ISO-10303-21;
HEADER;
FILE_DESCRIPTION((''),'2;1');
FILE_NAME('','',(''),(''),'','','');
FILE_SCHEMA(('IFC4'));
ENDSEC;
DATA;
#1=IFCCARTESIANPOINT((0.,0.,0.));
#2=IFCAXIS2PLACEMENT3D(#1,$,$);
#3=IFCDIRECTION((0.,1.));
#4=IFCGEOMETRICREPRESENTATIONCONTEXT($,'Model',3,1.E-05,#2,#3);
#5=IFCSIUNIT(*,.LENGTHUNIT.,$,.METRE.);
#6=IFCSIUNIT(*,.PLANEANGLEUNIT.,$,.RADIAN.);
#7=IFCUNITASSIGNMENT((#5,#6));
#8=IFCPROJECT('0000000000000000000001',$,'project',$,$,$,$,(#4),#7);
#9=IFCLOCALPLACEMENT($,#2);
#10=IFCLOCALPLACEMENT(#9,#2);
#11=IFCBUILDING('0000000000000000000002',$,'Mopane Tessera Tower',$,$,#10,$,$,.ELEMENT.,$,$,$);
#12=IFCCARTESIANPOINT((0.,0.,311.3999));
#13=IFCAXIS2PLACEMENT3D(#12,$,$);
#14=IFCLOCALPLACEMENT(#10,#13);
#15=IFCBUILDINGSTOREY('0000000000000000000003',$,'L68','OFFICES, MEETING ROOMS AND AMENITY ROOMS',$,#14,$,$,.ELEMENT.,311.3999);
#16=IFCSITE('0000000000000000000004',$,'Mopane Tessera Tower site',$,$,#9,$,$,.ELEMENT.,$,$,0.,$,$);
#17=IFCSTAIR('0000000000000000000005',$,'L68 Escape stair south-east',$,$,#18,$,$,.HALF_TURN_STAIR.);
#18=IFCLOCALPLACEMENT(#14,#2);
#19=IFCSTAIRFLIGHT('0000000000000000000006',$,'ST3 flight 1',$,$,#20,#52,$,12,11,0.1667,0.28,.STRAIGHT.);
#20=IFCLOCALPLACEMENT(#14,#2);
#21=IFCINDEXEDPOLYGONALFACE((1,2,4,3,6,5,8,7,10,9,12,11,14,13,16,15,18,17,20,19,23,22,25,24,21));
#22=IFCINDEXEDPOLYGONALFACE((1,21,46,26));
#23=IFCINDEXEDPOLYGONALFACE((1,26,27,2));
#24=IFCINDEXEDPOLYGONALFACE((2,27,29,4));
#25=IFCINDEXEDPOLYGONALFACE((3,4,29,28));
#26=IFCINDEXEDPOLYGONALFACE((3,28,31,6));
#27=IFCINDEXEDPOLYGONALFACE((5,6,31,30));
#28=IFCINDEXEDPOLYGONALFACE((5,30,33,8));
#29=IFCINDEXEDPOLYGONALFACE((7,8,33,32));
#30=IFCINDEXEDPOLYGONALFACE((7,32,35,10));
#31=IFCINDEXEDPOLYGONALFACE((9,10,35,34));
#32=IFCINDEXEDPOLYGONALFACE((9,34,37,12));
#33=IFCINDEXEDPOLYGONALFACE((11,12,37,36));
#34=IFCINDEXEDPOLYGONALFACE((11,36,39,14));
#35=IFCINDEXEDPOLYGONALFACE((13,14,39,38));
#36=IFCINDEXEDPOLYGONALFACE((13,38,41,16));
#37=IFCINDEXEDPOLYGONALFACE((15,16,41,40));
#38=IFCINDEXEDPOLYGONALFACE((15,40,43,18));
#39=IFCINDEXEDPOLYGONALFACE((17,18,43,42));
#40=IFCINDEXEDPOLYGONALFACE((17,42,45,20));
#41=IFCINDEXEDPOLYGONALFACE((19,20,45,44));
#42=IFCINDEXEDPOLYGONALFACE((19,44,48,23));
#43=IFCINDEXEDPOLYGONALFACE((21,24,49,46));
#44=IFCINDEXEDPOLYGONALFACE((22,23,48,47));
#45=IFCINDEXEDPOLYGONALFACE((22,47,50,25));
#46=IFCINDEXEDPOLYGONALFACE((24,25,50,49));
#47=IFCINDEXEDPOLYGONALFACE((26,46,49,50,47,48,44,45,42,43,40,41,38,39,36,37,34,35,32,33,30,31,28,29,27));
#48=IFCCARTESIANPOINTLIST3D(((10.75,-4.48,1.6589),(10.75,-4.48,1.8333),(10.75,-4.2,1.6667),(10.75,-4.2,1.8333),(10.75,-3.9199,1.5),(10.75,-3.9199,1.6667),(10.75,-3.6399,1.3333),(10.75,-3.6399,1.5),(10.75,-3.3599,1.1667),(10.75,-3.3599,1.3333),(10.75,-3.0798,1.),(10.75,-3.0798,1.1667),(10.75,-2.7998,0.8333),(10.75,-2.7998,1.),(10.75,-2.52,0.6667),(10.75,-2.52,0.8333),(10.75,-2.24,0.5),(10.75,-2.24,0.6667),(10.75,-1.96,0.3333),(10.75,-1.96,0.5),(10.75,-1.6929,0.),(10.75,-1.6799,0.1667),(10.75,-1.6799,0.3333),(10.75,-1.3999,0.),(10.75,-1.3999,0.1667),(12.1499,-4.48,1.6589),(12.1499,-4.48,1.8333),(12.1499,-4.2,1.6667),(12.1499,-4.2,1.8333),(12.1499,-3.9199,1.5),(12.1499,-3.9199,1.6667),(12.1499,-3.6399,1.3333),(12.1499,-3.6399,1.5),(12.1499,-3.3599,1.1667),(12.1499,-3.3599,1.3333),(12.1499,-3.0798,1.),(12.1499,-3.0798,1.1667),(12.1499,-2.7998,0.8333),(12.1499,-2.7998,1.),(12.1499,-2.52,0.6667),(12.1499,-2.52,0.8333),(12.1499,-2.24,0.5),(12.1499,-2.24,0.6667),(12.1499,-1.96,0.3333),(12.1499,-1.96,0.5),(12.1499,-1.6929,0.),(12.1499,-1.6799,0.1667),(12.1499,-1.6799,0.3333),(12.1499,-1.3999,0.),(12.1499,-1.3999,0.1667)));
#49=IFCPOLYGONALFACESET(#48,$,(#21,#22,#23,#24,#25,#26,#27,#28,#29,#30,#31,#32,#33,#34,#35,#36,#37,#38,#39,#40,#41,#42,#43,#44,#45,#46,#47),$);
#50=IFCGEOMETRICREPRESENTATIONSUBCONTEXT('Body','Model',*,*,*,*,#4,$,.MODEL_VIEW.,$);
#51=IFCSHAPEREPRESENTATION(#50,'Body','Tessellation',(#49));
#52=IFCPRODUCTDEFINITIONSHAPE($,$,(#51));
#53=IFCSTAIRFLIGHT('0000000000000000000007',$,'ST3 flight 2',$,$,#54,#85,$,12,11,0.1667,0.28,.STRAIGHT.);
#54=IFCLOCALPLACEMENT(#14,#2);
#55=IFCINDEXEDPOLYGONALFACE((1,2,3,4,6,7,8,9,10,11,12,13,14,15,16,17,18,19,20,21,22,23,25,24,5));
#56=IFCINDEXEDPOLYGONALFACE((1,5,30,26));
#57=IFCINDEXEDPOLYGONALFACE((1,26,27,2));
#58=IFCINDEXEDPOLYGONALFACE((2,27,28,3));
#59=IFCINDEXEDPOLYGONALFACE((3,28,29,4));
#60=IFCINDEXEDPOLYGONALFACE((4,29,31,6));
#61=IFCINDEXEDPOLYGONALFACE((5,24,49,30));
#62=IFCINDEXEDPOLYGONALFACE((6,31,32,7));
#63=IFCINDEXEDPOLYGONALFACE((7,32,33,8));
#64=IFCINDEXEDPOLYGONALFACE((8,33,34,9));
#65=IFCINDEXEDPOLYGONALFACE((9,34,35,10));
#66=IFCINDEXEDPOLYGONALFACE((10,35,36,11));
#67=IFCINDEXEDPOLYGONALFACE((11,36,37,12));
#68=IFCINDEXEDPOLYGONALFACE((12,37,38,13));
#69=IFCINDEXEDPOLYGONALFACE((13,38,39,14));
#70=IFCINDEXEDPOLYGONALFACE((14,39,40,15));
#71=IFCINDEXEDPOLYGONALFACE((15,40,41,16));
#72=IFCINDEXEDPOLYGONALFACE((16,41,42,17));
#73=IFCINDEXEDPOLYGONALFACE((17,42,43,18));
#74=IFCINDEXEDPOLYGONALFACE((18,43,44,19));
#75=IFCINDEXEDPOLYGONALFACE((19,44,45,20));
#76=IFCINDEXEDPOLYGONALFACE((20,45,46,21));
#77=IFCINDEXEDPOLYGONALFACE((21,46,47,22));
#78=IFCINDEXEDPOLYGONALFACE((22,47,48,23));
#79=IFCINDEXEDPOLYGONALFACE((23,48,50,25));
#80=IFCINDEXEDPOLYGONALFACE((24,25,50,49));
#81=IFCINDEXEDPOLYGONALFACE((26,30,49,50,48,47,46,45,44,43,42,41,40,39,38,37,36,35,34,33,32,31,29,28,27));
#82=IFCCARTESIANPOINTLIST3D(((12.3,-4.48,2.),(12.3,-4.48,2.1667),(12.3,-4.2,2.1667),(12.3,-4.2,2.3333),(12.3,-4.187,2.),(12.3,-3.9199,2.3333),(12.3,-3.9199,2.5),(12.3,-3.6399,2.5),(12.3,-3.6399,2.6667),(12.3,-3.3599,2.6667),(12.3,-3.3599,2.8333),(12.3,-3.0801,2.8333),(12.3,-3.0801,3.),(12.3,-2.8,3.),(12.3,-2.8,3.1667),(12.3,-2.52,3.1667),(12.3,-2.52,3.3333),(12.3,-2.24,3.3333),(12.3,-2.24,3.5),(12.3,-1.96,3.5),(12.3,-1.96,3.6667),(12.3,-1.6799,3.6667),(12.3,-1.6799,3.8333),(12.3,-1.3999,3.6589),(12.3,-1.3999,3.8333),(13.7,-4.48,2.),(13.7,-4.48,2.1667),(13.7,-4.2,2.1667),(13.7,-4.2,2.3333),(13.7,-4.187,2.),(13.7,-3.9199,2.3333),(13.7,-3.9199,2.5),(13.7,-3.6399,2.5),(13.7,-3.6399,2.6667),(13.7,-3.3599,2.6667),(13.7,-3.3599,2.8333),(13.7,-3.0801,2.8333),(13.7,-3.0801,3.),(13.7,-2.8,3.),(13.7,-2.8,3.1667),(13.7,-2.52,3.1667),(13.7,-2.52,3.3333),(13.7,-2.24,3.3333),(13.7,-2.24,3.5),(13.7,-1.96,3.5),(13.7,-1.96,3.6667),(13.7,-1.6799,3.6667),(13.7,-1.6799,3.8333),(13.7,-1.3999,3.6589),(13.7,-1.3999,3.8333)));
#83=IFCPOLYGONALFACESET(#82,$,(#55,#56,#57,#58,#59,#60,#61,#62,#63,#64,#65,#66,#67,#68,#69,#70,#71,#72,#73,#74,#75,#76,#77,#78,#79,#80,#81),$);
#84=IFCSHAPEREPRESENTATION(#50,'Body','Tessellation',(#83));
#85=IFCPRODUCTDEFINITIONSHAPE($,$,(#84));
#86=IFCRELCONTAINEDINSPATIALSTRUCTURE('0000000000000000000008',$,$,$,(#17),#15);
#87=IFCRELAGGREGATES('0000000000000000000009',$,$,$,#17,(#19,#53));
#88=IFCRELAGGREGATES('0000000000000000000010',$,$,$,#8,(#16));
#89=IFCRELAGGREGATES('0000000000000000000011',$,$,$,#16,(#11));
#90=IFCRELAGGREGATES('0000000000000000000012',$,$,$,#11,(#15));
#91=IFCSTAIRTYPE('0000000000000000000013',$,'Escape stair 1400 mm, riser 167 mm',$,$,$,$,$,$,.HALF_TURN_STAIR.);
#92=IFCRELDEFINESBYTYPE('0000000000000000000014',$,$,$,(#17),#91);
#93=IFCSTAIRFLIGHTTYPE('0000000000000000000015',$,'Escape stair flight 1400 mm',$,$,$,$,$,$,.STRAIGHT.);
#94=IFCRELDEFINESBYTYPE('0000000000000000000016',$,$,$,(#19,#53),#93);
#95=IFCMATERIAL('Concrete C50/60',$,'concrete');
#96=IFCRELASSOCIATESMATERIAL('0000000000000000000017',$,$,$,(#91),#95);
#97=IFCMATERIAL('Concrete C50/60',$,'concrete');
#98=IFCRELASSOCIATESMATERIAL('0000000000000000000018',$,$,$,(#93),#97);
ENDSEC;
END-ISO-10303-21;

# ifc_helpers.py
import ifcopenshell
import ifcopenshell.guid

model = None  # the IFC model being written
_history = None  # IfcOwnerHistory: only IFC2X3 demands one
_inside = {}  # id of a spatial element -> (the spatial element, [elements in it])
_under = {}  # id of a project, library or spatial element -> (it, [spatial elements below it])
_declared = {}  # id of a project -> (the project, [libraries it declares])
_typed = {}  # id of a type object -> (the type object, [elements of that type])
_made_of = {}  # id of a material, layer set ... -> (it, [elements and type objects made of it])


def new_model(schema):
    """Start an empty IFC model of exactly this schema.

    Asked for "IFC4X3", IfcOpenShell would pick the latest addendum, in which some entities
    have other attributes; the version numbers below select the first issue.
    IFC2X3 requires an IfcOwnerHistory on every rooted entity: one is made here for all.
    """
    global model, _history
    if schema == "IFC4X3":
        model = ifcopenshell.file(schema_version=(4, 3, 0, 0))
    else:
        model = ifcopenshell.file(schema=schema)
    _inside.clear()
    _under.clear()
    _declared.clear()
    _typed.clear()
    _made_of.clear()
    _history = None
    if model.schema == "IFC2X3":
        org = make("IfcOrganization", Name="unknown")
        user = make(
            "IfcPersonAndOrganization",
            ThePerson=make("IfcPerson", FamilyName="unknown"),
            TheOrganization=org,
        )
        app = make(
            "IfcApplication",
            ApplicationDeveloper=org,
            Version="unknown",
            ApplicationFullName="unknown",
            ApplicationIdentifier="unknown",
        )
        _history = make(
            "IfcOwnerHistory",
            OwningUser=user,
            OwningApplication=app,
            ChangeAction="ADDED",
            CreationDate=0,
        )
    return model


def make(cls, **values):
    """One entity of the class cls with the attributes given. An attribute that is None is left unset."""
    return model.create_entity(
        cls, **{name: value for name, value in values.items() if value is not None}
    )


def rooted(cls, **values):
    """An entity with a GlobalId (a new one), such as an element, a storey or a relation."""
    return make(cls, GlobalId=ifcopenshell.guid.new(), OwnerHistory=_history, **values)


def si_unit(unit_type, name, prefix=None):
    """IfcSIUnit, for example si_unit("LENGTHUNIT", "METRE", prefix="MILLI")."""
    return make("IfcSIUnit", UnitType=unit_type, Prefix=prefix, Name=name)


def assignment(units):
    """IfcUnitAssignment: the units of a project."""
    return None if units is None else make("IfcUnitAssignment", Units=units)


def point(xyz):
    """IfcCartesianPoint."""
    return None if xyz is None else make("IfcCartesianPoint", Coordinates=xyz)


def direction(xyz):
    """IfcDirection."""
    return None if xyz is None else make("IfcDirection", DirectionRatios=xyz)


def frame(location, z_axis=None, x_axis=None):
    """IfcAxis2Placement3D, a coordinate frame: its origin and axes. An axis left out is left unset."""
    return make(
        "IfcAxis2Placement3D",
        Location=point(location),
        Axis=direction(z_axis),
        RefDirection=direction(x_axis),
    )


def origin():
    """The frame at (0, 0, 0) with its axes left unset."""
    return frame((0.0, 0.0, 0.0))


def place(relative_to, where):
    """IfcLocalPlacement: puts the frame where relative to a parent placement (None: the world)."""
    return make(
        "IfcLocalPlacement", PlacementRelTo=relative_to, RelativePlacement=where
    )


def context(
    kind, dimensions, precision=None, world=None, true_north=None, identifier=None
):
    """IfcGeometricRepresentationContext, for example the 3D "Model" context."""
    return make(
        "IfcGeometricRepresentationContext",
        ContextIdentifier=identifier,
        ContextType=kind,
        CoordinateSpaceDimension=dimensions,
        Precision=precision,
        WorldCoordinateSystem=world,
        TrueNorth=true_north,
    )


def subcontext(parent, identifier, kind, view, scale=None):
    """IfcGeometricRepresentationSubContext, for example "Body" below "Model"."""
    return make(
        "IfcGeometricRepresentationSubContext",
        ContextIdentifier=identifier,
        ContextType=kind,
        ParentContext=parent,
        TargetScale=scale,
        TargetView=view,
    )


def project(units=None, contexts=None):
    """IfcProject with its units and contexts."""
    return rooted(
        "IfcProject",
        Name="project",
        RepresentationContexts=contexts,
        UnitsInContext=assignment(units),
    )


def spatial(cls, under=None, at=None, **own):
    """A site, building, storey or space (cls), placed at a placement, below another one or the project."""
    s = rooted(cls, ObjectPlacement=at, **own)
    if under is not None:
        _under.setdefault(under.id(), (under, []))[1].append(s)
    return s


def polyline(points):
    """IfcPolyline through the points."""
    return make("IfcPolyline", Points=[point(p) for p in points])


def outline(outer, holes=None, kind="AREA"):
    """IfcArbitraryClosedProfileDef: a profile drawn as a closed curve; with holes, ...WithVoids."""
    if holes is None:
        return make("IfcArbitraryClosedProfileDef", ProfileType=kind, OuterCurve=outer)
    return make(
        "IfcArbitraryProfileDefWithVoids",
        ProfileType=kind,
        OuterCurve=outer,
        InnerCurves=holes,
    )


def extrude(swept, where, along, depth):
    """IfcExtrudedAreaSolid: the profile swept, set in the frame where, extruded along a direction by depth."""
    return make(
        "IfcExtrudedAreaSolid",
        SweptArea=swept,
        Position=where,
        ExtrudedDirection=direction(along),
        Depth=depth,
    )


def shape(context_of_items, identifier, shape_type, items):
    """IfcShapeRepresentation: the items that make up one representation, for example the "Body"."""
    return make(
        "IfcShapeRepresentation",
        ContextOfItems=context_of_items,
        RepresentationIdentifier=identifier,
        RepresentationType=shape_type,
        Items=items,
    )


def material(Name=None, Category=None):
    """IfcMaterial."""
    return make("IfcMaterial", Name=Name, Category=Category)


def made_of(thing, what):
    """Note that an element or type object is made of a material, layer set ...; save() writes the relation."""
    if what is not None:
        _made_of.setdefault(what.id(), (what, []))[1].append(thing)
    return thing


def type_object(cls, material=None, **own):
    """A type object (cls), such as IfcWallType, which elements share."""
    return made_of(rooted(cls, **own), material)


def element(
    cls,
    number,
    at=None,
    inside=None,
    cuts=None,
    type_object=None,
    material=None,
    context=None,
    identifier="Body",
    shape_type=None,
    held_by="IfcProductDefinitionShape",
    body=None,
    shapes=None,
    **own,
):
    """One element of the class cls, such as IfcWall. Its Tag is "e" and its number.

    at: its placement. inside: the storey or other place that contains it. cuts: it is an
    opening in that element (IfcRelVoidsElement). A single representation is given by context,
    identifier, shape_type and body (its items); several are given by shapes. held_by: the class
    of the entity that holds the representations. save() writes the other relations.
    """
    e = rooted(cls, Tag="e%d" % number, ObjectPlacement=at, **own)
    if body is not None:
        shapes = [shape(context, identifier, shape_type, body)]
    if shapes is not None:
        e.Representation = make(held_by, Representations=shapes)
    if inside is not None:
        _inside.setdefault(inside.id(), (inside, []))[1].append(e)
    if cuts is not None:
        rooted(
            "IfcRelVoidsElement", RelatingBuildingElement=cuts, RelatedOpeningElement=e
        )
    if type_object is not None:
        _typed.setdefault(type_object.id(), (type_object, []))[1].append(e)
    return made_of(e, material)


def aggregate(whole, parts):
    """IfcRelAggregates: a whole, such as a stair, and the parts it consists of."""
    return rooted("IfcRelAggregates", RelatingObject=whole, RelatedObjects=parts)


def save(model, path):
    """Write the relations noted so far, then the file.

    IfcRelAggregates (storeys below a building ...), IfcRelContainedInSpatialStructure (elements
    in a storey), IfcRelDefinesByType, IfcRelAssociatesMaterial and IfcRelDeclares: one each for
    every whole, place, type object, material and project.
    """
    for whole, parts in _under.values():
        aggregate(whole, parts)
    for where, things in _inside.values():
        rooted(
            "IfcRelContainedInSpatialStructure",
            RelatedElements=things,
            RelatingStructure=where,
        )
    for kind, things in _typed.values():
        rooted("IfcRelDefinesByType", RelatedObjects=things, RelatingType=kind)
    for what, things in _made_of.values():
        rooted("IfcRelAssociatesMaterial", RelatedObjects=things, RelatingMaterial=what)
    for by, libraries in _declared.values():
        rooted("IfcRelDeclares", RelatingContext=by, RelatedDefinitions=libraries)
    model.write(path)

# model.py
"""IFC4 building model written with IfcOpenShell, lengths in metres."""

from ifc_helpers import new_model, si_unit, direction, frame, origin, place, context, subcontext, project, spatial, polyline, outline, extrude, material, type_object, element, aggregate, save


model = new_model("IFC4")

# Units and contexts
model_context = context("Model", 3, precision=1e-05, world=origin(), true_north=direction((0.0, 1.0)))
body_context = subcontext(model_context, "Body", "Model", "MODEL_VIEW")
ifc_project = project(units=[si_unit("LENGTHUNIT", "METRE"), si_unit("PLANEANGLEUNIT", "RADIAN")], contexts=[model_context])

# Site, building, storey
site_placement = place(None, origin())
site = spatial("IfcSite", under=ifc_project, at=site_placement, Name="Mopane Tessera Tower site", CompositionType="ELEMENT", RefElevation=0.0)
building_placement = place(site_placement, origin())
building = spatial("IfcBuilding", under=site, at=building_placement, Name="Mopane Tessera Tower", CompositionType="ELEMENT")
storey_placement = place(building_placement, frame((0.0, 0.0, 311.3999)))
storey = spatial("IfcBuildingStorey", under=building, at=storey_placement, Name="L68", Description="OFFICES, MEETING ROOMS AND AMENITY ROOMS", CompositionType="ELEMENT", Elevation=311.3999)

# Stair, stair flights
ifc_material_1 = material(Name="Concrete C50/60", Category="concrete")
stair_type = type_object("IfcStairType", Name="Escape stair 1400 mm, riser 167 mm", PredefinedType="HALF_TURN_STAIR", material=ifc_material_1)
stair_placement = place(storey_placement, origin())
stair = element("IfcStair", 1, at=stair_placement, inside=storey, type_object=stair_type, Name="L68 Escape stair south-east", PredefinedType="HALF_TURN_STAIR")
ifc_material_2 = material(Name="Concrete C50/60", Category="concrete")
stair_flight_type = type_object("IfcStairFlightType", Name="Escape stair flight 1400 mm", PredefinedType="STRAIGHT", material=ifc_material_2)
stair_flight_1_placement = place(storey_placement, frame((11.45, -1.3999, 0.0), z_axis=(0.0, 0.0, 1.0), x_axis=(0.0, -1.0, 0.0)))
stair_flight_1 = element("IfcStairFlight", 2, at=stair_flight_1_placement, type_object=stair_flight_type, Name="ST3 flight 1", NumberOfRisers=12, NumberOfTreads=11, PredefinedType="STRAIGHT", RiserHeight=0.1667, TreadLength=0.28, context=body_context, shape_type="SweptSolid", body=[
    extrude(outline(polyline([(0.0, 0.0), (0.0, 0.1667), (0.28, 0.1667), (0.28, 0.3333), (0.5601, 0.3333), (0.5601, 0.5), (0.8401, 0.5), (0.8401, 0.6667), (1.1201, 0.6667), (1.1201, 0.8333), (1.3999, 0.8333), (1.3999, 1.0), (1.6799, 1.0), (1.6799, 1.1667), (1.96, 1.1667), (1.96, 1.3333), (2.24, 1.3333), (2.24, 1.5), (2.52, 1.5), (2.52, 1.6667), (2.8, 1.6667), (2.8, 1.8333), (3.0801, 1.8333), (3.0801, 2.0), (3.0801, 1.6589), (0.293, 0.0), (0.0, 0.0)])), frame((0.0, 0.7, 0.0), z_axis=(0.0, -1.0, 0.0), x_axis=(1.0, 0.0, 0.0)), (0.0, 0.0, 1.0), 1.3999),
])
stair_flight_2_placement = place(storey_placement, frame((13.0, -4.48, 2.0), z_axis=(0.0, 0.0, 1.0), x_axis=(0.0, 1.0, 0.0)))
stair_flight_2 = element("IfcStairFlight", 3, at=stair_flight_2_placement, type_object=stair_flight_type, Name="ST3 flight 2", NumberOfRisers=12, NumberOfTreads=11, PredefinedType="STRAIGHT", RiserHeight=0.1667, TreadLength=0.28, context=body_context, shape_type="SweptSolid", body=[
    extrude(outline(polyline([(0.0, 0.0), (0.0, 0.1667), (0.28, 0.1667), (0.28, 0.3333), (0.5601, 0.3333), (0.5601, 0.5), (0.8401, 0.5), (0.8401, 0.6667), (1.1201, 0.6667), (1.1201, 0.8333), (1.3999, 0.8333), (1.3999, 1.0), (1.6799, 1.0), (1.6799, 1.1667), (1.96, 1.1667), (1.96, 1.3333), (2.24, 1.3333), (2.24, 1.5), (2.52, 1.5), (2.52, 1.6667), (2.8, 1.6667), (2.8, 1.8333), (3.0801, 1.8333), (3.0801, 2.0), (3.0801, 1.6589), (0.293, 0.0), (0.0, 0.0)])), frame((0.0, 0.7, 0.0), z_axis=(0.0, -1.0, 0.0), x_axis=(1.0, 0.0, 0.0)), (0.0, 0.0, 1.0), 1.3999),
])
aggregate(stair, [stair_flight_1, stair_flight_2])

save(model, "model.ifc")
